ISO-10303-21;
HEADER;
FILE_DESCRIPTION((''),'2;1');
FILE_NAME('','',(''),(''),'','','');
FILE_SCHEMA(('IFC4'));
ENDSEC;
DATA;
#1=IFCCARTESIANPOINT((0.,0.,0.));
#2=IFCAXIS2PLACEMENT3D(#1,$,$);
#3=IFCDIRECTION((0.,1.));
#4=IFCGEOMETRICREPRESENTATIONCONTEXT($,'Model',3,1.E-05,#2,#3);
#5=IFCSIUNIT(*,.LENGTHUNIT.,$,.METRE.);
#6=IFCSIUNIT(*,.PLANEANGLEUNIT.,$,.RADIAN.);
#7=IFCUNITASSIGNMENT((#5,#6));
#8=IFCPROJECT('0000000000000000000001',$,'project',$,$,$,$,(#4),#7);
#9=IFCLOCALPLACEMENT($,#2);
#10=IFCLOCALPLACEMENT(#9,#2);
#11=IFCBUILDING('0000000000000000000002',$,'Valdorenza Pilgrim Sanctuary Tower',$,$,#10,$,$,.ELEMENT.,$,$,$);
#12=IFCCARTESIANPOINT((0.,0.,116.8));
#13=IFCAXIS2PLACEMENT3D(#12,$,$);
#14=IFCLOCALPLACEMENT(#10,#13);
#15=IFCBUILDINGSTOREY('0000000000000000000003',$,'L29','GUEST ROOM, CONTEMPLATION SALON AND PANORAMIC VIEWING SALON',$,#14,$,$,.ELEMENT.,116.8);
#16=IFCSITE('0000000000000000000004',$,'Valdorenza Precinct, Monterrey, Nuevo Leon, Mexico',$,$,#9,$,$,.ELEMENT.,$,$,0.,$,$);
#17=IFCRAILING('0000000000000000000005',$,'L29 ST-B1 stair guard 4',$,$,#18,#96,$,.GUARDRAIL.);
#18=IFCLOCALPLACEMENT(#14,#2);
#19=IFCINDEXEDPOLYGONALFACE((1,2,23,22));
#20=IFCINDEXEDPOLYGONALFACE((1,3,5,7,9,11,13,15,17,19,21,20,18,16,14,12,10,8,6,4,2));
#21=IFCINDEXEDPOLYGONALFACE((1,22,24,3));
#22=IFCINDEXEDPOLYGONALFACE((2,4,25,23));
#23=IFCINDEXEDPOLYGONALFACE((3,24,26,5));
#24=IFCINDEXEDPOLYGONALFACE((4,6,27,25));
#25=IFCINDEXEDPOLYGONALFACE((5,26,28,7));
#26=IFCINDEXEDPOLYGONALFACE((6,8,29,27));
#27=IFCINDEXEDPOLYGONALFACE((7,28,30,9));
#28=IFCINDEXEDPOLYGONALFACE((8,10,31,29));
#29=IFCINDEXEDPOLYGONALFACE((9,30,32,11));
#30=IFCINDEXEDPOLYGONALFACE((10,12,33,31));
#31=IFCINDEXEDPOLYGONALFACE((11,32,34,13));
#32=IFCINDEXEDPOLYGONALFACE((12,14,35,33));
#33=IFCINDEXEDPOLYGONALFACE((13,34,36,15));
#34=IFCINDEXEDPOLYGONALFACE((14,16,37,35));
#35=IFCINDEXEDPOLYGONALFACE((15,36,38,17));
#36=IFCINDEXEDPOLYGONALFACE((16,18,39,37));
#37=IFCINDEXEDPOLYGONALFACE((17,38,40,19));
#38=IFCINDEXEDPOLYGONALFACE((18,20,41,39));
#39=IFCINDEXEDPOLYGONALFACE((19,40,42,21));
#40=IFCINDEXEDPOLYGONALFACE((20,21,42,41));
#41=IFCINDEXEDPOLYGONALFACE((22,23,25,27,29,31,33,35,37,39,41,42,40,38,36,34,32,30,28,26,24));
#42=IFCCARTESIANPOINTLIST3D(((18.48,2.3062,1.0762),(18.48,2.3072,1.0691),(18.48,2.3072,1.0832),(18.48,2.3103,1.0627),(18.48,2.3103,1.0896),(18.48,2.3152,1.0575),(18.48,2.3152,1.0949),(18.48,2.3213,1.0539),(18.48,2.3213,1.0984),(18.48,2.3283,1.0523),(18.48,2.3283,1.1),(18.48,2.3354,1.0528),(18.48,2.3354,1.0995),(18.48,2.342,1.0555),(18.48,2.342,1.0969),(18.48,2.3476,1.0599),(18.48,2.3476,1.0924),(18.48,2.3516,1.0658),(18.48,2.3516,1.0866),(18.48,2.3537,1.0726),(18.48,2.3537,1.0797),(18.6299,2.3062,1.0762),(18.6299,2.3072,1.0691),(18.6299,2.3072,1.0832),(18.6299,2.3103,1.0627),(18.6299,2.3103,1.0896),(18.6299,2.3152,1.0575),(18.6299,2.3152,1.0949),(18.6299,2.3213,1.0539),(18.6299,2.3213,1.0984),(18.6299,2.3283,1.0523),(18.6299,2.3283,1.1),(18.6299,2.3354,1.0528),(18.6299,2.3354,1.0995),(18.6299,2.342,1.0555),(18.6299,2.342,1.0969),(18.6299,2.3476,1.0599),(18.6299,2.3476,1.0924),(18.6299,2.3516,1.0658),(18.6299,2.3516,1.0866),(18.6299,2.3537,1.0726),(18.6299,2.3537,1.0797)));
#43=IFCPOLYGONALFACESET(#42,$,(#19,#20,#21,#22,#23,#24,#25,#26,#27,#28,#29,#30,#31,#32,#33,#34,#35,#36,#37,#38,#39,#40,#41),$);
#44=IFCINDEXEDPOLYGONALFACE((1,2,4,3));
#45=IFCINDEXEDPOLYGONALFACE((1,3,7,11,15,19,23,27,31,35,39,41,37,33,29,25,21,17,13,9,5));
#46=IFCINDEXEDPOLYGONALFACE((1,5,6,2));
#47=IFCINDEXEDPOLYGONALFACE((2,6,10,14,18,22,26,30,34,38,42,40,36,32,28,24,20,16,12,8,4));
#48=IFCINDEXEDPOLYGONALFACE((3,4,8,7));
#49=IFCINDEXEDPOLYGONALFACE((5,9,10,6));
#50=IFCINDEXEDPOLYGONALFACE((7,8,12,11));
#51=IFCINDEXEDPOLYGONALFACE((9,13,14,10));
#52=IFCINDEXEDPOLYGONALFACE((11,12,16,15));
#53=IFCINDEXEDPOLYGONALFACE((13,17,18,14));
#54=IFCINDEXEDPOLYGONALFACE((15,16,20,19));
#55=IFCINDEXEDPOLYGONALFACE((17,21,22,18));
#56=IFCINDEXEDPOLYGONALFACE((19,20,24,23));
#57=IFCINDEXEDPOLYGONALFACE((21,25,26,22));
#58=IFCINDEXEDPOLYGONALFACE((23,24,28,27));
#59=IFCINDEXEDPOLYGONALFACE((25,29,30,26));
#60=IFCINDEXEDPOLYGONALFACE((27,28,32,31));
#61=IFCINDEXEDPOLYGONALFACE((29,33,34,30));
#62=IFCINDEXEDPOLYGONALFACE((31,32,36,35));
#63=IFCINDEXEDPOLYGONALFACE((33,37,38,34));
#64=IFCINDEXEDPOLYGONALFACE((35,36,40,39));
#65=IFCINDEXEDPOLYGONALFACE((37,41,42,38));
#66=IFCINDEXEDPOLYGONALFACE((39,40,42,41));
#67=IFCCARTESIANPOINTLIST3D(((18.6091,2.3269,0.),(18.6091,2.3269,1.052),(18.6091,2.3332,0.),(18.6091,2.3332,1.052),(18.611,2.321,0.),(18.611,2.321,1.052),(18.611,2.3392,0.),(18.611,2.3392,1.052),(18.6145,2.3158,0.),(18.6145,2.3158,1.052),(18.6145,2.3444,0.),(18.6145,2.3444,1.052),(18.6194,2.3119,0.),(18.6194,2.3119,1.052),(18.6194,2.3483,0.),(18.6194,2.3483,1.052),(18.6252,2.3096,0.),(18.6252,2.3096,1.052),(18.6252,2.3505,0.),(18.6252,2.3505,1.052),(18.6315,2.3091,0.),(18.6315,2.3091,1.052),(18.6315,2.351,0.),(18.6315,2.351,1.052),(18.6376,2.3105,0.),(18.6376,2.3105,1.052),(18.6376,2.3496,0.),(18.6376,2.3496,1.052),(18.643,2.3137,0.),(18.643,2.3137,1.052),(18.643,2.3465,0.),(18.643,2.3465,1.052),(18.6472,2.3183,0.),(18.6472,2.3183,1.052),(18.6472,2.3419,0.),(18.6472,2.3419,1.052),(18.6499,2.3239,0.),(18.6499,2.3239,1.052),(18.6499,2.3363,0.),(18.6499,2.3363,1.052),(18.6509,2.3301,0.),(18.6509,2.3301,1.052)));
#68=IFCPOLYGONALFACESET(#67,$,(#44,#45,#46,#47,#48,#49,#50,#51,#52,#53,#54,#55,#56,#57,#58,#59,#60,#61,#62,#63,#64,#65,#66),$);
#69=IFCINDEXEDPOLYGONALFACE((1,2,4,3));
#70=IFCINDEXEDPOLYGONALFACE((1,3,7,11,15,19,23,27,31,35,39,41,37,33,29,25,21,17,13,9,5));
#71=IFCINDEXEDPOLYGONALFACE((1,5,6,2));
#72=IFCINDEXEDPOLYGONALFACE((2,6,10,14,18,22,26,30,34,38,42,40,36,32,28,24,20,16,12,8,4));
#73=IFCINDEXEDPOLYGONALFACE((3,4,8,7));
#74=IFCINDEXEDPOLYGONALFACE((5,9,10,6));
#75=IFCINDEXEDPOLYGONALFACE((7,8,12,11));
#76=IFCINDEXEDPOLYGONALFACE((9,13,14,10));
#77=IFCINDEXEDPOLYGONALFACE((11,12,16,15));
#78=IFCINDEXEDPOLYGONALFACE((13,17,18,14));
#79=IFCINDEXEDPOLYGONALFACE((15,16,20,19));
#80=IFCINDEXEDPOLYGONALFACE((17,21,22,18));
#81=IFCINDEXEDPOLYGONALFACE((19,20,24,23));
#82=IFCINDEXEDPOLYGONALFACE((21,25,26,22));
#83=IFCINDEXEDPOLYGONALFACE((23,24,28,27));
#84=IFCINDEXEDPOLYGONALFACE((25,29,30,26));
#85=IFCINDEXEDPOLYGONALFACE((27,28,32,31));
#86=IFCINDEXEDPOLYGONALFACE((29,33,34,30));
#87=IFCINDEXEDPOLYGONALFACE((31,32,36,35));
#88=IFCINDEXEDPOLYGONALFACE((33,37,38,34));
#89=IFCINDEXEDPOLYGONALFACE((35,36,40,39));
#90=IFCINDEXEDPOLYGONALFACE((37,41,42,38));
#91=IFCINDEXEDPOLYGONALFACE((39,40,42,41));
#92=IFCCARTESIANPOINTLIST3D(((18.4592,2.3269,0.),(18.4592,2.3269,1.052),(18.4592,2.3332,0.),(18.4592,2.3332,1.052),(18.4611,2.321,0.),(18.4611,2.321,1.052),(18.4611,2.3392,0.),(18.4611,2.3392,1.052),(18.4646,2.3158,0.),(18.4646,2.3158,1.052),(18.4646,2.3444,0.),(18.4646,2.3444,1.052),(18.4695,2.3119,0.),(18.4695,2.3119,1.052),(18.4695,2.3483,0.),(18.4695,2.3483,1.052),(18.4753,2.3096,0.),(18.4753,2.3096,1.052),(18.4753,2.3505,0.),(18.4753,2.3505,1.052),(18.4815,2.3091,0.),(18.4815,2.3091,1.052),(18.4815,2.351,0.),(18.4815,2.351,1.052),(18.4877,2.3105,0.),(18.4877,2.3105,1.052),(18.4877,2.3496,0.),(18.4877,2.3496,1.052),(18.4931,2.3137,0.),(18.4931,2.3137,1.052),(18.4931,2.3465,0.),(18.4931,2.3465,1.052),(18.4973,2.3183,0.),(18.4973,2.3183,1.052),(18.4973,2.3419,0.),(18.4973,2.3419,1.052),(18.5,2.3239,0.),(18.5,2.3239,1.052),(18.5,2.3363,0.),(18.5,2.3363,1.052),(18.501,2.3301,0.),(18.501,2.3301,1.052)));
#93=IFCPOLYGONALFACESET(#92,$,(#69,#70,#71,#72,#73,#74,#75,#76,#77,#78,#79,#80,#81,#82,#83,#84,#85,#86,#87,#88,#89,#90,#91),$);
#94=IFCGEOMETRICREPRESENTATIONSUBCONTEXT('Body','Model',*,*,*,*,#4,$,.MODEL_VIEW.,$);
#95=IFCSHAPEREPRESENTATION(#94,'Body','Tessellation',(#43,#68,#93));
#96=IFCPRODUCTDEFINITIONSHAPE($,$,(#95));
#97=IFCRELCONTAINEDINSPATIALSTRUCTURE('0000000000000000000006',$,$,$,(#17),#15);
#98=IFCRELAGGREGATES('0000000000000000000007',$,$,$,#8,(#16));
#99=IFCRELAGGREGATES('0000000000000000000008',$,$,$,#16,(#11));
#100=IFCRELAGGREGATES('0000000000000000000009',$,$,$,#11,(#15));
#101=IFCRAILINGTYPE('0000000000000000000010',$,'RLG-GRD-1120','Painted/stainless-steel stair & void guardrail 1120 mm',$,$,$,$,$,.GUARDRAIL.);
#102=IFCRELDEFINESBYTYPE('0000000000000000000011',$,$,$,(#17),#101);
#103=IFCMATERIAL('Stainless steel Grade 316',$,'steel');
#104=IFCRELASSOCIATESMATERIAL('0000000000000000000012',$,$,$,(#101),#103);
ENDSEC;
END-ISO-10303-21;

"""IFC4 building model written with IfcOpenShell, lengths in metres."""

from ifc_helpers import new_model, si_unit, direction, frame, origin, origin_2d, place, context, subcontext, project, spatial, circle, extrude, material, type_object, element, save


model = new_model("IFC4")

# Units and contexts
model_context = context("Model", 3, precision=1e-05, world=origin(), true_north=direction((0.0, 1.0)))
body_context = subcontext(model_context, "Body", "Model", "MODEL_VIEW")
ifc_project = project(units=[si_unit("LENGTHUNIT", "METRE"), si_unit("PLANEANGLEUNIT", "RADIAN")], contexts=[model_context])

# Site, building, storey
site_placement = place(None, origin())
site = spatial("IfcSite", under=ifc_project, at=site_placement, Name="Valdorenza Precinct, Monterrey, Nuevo Leon, Mexico", CompositionType="ELEMENT", RefElevation=0.0)
building_placement = place(site_placement, origin())
building = spatial("IfcBuilding", under=site, at=building_placement, Name="Valdorenza Pilgrim Sanctuary Tower", CompositionType="ELEMENT")
storey_placement = place(building_placement, frame((0.0, 0.0, 116.8)))
storey = spatial("IfcBuildingStorey", under=building, at=storey_placement, Name="L29", Description="GUEST ROOM, CONTEMPLATION SALON AND PANORAMIC VIEWING SALON", CompositionType="ELEMENT", Elevation=116.8)

# Railing
ifc_material_1 = material(Name="Stainless steel Grade 316", Category="steel")
railing_type_1 = type_object("IfcRailingType", Name="RLG-GRD-1120", Description="Painted/stainless-steel stair & void guardrail 1120 mm", PredefinedType="GUARDRAIL", material=ifc_material_1)
railing_1_placement = place(storey_placement, frame((18.6299, 2.3301, 0.0)))
element("IfcRailing", 1, at=railing_1_placement, inside=storey, type_object=railing_type_1, Name="L29 ST-B1 stair guard 4", PredefinedType="GUARDRAIL", context=body_context, shape_type="SweptSolid", body=[
    extrude(circle(Radius=0.0239, at=origin_2d()), frame((0.0, 0.0, 1.0762), z_axis=(-1.0, 0.0, 0.0), x_axis=(0.0, -1.0, 0.0)), (0.0, 0.0, 1.0), 0.1499),
    extrude(circle(Radius=0.021, at=origin_2d()), origin(), (0.0, 0.0, 1.0), 1.052),
    extrude(circle(Radius=0.021, at=origin_2d()), frame((-0.1499, 0.0, 0.0)), (0.0, 0.0, 1.0), 1.052),
])

save(model, "model.ifc")
